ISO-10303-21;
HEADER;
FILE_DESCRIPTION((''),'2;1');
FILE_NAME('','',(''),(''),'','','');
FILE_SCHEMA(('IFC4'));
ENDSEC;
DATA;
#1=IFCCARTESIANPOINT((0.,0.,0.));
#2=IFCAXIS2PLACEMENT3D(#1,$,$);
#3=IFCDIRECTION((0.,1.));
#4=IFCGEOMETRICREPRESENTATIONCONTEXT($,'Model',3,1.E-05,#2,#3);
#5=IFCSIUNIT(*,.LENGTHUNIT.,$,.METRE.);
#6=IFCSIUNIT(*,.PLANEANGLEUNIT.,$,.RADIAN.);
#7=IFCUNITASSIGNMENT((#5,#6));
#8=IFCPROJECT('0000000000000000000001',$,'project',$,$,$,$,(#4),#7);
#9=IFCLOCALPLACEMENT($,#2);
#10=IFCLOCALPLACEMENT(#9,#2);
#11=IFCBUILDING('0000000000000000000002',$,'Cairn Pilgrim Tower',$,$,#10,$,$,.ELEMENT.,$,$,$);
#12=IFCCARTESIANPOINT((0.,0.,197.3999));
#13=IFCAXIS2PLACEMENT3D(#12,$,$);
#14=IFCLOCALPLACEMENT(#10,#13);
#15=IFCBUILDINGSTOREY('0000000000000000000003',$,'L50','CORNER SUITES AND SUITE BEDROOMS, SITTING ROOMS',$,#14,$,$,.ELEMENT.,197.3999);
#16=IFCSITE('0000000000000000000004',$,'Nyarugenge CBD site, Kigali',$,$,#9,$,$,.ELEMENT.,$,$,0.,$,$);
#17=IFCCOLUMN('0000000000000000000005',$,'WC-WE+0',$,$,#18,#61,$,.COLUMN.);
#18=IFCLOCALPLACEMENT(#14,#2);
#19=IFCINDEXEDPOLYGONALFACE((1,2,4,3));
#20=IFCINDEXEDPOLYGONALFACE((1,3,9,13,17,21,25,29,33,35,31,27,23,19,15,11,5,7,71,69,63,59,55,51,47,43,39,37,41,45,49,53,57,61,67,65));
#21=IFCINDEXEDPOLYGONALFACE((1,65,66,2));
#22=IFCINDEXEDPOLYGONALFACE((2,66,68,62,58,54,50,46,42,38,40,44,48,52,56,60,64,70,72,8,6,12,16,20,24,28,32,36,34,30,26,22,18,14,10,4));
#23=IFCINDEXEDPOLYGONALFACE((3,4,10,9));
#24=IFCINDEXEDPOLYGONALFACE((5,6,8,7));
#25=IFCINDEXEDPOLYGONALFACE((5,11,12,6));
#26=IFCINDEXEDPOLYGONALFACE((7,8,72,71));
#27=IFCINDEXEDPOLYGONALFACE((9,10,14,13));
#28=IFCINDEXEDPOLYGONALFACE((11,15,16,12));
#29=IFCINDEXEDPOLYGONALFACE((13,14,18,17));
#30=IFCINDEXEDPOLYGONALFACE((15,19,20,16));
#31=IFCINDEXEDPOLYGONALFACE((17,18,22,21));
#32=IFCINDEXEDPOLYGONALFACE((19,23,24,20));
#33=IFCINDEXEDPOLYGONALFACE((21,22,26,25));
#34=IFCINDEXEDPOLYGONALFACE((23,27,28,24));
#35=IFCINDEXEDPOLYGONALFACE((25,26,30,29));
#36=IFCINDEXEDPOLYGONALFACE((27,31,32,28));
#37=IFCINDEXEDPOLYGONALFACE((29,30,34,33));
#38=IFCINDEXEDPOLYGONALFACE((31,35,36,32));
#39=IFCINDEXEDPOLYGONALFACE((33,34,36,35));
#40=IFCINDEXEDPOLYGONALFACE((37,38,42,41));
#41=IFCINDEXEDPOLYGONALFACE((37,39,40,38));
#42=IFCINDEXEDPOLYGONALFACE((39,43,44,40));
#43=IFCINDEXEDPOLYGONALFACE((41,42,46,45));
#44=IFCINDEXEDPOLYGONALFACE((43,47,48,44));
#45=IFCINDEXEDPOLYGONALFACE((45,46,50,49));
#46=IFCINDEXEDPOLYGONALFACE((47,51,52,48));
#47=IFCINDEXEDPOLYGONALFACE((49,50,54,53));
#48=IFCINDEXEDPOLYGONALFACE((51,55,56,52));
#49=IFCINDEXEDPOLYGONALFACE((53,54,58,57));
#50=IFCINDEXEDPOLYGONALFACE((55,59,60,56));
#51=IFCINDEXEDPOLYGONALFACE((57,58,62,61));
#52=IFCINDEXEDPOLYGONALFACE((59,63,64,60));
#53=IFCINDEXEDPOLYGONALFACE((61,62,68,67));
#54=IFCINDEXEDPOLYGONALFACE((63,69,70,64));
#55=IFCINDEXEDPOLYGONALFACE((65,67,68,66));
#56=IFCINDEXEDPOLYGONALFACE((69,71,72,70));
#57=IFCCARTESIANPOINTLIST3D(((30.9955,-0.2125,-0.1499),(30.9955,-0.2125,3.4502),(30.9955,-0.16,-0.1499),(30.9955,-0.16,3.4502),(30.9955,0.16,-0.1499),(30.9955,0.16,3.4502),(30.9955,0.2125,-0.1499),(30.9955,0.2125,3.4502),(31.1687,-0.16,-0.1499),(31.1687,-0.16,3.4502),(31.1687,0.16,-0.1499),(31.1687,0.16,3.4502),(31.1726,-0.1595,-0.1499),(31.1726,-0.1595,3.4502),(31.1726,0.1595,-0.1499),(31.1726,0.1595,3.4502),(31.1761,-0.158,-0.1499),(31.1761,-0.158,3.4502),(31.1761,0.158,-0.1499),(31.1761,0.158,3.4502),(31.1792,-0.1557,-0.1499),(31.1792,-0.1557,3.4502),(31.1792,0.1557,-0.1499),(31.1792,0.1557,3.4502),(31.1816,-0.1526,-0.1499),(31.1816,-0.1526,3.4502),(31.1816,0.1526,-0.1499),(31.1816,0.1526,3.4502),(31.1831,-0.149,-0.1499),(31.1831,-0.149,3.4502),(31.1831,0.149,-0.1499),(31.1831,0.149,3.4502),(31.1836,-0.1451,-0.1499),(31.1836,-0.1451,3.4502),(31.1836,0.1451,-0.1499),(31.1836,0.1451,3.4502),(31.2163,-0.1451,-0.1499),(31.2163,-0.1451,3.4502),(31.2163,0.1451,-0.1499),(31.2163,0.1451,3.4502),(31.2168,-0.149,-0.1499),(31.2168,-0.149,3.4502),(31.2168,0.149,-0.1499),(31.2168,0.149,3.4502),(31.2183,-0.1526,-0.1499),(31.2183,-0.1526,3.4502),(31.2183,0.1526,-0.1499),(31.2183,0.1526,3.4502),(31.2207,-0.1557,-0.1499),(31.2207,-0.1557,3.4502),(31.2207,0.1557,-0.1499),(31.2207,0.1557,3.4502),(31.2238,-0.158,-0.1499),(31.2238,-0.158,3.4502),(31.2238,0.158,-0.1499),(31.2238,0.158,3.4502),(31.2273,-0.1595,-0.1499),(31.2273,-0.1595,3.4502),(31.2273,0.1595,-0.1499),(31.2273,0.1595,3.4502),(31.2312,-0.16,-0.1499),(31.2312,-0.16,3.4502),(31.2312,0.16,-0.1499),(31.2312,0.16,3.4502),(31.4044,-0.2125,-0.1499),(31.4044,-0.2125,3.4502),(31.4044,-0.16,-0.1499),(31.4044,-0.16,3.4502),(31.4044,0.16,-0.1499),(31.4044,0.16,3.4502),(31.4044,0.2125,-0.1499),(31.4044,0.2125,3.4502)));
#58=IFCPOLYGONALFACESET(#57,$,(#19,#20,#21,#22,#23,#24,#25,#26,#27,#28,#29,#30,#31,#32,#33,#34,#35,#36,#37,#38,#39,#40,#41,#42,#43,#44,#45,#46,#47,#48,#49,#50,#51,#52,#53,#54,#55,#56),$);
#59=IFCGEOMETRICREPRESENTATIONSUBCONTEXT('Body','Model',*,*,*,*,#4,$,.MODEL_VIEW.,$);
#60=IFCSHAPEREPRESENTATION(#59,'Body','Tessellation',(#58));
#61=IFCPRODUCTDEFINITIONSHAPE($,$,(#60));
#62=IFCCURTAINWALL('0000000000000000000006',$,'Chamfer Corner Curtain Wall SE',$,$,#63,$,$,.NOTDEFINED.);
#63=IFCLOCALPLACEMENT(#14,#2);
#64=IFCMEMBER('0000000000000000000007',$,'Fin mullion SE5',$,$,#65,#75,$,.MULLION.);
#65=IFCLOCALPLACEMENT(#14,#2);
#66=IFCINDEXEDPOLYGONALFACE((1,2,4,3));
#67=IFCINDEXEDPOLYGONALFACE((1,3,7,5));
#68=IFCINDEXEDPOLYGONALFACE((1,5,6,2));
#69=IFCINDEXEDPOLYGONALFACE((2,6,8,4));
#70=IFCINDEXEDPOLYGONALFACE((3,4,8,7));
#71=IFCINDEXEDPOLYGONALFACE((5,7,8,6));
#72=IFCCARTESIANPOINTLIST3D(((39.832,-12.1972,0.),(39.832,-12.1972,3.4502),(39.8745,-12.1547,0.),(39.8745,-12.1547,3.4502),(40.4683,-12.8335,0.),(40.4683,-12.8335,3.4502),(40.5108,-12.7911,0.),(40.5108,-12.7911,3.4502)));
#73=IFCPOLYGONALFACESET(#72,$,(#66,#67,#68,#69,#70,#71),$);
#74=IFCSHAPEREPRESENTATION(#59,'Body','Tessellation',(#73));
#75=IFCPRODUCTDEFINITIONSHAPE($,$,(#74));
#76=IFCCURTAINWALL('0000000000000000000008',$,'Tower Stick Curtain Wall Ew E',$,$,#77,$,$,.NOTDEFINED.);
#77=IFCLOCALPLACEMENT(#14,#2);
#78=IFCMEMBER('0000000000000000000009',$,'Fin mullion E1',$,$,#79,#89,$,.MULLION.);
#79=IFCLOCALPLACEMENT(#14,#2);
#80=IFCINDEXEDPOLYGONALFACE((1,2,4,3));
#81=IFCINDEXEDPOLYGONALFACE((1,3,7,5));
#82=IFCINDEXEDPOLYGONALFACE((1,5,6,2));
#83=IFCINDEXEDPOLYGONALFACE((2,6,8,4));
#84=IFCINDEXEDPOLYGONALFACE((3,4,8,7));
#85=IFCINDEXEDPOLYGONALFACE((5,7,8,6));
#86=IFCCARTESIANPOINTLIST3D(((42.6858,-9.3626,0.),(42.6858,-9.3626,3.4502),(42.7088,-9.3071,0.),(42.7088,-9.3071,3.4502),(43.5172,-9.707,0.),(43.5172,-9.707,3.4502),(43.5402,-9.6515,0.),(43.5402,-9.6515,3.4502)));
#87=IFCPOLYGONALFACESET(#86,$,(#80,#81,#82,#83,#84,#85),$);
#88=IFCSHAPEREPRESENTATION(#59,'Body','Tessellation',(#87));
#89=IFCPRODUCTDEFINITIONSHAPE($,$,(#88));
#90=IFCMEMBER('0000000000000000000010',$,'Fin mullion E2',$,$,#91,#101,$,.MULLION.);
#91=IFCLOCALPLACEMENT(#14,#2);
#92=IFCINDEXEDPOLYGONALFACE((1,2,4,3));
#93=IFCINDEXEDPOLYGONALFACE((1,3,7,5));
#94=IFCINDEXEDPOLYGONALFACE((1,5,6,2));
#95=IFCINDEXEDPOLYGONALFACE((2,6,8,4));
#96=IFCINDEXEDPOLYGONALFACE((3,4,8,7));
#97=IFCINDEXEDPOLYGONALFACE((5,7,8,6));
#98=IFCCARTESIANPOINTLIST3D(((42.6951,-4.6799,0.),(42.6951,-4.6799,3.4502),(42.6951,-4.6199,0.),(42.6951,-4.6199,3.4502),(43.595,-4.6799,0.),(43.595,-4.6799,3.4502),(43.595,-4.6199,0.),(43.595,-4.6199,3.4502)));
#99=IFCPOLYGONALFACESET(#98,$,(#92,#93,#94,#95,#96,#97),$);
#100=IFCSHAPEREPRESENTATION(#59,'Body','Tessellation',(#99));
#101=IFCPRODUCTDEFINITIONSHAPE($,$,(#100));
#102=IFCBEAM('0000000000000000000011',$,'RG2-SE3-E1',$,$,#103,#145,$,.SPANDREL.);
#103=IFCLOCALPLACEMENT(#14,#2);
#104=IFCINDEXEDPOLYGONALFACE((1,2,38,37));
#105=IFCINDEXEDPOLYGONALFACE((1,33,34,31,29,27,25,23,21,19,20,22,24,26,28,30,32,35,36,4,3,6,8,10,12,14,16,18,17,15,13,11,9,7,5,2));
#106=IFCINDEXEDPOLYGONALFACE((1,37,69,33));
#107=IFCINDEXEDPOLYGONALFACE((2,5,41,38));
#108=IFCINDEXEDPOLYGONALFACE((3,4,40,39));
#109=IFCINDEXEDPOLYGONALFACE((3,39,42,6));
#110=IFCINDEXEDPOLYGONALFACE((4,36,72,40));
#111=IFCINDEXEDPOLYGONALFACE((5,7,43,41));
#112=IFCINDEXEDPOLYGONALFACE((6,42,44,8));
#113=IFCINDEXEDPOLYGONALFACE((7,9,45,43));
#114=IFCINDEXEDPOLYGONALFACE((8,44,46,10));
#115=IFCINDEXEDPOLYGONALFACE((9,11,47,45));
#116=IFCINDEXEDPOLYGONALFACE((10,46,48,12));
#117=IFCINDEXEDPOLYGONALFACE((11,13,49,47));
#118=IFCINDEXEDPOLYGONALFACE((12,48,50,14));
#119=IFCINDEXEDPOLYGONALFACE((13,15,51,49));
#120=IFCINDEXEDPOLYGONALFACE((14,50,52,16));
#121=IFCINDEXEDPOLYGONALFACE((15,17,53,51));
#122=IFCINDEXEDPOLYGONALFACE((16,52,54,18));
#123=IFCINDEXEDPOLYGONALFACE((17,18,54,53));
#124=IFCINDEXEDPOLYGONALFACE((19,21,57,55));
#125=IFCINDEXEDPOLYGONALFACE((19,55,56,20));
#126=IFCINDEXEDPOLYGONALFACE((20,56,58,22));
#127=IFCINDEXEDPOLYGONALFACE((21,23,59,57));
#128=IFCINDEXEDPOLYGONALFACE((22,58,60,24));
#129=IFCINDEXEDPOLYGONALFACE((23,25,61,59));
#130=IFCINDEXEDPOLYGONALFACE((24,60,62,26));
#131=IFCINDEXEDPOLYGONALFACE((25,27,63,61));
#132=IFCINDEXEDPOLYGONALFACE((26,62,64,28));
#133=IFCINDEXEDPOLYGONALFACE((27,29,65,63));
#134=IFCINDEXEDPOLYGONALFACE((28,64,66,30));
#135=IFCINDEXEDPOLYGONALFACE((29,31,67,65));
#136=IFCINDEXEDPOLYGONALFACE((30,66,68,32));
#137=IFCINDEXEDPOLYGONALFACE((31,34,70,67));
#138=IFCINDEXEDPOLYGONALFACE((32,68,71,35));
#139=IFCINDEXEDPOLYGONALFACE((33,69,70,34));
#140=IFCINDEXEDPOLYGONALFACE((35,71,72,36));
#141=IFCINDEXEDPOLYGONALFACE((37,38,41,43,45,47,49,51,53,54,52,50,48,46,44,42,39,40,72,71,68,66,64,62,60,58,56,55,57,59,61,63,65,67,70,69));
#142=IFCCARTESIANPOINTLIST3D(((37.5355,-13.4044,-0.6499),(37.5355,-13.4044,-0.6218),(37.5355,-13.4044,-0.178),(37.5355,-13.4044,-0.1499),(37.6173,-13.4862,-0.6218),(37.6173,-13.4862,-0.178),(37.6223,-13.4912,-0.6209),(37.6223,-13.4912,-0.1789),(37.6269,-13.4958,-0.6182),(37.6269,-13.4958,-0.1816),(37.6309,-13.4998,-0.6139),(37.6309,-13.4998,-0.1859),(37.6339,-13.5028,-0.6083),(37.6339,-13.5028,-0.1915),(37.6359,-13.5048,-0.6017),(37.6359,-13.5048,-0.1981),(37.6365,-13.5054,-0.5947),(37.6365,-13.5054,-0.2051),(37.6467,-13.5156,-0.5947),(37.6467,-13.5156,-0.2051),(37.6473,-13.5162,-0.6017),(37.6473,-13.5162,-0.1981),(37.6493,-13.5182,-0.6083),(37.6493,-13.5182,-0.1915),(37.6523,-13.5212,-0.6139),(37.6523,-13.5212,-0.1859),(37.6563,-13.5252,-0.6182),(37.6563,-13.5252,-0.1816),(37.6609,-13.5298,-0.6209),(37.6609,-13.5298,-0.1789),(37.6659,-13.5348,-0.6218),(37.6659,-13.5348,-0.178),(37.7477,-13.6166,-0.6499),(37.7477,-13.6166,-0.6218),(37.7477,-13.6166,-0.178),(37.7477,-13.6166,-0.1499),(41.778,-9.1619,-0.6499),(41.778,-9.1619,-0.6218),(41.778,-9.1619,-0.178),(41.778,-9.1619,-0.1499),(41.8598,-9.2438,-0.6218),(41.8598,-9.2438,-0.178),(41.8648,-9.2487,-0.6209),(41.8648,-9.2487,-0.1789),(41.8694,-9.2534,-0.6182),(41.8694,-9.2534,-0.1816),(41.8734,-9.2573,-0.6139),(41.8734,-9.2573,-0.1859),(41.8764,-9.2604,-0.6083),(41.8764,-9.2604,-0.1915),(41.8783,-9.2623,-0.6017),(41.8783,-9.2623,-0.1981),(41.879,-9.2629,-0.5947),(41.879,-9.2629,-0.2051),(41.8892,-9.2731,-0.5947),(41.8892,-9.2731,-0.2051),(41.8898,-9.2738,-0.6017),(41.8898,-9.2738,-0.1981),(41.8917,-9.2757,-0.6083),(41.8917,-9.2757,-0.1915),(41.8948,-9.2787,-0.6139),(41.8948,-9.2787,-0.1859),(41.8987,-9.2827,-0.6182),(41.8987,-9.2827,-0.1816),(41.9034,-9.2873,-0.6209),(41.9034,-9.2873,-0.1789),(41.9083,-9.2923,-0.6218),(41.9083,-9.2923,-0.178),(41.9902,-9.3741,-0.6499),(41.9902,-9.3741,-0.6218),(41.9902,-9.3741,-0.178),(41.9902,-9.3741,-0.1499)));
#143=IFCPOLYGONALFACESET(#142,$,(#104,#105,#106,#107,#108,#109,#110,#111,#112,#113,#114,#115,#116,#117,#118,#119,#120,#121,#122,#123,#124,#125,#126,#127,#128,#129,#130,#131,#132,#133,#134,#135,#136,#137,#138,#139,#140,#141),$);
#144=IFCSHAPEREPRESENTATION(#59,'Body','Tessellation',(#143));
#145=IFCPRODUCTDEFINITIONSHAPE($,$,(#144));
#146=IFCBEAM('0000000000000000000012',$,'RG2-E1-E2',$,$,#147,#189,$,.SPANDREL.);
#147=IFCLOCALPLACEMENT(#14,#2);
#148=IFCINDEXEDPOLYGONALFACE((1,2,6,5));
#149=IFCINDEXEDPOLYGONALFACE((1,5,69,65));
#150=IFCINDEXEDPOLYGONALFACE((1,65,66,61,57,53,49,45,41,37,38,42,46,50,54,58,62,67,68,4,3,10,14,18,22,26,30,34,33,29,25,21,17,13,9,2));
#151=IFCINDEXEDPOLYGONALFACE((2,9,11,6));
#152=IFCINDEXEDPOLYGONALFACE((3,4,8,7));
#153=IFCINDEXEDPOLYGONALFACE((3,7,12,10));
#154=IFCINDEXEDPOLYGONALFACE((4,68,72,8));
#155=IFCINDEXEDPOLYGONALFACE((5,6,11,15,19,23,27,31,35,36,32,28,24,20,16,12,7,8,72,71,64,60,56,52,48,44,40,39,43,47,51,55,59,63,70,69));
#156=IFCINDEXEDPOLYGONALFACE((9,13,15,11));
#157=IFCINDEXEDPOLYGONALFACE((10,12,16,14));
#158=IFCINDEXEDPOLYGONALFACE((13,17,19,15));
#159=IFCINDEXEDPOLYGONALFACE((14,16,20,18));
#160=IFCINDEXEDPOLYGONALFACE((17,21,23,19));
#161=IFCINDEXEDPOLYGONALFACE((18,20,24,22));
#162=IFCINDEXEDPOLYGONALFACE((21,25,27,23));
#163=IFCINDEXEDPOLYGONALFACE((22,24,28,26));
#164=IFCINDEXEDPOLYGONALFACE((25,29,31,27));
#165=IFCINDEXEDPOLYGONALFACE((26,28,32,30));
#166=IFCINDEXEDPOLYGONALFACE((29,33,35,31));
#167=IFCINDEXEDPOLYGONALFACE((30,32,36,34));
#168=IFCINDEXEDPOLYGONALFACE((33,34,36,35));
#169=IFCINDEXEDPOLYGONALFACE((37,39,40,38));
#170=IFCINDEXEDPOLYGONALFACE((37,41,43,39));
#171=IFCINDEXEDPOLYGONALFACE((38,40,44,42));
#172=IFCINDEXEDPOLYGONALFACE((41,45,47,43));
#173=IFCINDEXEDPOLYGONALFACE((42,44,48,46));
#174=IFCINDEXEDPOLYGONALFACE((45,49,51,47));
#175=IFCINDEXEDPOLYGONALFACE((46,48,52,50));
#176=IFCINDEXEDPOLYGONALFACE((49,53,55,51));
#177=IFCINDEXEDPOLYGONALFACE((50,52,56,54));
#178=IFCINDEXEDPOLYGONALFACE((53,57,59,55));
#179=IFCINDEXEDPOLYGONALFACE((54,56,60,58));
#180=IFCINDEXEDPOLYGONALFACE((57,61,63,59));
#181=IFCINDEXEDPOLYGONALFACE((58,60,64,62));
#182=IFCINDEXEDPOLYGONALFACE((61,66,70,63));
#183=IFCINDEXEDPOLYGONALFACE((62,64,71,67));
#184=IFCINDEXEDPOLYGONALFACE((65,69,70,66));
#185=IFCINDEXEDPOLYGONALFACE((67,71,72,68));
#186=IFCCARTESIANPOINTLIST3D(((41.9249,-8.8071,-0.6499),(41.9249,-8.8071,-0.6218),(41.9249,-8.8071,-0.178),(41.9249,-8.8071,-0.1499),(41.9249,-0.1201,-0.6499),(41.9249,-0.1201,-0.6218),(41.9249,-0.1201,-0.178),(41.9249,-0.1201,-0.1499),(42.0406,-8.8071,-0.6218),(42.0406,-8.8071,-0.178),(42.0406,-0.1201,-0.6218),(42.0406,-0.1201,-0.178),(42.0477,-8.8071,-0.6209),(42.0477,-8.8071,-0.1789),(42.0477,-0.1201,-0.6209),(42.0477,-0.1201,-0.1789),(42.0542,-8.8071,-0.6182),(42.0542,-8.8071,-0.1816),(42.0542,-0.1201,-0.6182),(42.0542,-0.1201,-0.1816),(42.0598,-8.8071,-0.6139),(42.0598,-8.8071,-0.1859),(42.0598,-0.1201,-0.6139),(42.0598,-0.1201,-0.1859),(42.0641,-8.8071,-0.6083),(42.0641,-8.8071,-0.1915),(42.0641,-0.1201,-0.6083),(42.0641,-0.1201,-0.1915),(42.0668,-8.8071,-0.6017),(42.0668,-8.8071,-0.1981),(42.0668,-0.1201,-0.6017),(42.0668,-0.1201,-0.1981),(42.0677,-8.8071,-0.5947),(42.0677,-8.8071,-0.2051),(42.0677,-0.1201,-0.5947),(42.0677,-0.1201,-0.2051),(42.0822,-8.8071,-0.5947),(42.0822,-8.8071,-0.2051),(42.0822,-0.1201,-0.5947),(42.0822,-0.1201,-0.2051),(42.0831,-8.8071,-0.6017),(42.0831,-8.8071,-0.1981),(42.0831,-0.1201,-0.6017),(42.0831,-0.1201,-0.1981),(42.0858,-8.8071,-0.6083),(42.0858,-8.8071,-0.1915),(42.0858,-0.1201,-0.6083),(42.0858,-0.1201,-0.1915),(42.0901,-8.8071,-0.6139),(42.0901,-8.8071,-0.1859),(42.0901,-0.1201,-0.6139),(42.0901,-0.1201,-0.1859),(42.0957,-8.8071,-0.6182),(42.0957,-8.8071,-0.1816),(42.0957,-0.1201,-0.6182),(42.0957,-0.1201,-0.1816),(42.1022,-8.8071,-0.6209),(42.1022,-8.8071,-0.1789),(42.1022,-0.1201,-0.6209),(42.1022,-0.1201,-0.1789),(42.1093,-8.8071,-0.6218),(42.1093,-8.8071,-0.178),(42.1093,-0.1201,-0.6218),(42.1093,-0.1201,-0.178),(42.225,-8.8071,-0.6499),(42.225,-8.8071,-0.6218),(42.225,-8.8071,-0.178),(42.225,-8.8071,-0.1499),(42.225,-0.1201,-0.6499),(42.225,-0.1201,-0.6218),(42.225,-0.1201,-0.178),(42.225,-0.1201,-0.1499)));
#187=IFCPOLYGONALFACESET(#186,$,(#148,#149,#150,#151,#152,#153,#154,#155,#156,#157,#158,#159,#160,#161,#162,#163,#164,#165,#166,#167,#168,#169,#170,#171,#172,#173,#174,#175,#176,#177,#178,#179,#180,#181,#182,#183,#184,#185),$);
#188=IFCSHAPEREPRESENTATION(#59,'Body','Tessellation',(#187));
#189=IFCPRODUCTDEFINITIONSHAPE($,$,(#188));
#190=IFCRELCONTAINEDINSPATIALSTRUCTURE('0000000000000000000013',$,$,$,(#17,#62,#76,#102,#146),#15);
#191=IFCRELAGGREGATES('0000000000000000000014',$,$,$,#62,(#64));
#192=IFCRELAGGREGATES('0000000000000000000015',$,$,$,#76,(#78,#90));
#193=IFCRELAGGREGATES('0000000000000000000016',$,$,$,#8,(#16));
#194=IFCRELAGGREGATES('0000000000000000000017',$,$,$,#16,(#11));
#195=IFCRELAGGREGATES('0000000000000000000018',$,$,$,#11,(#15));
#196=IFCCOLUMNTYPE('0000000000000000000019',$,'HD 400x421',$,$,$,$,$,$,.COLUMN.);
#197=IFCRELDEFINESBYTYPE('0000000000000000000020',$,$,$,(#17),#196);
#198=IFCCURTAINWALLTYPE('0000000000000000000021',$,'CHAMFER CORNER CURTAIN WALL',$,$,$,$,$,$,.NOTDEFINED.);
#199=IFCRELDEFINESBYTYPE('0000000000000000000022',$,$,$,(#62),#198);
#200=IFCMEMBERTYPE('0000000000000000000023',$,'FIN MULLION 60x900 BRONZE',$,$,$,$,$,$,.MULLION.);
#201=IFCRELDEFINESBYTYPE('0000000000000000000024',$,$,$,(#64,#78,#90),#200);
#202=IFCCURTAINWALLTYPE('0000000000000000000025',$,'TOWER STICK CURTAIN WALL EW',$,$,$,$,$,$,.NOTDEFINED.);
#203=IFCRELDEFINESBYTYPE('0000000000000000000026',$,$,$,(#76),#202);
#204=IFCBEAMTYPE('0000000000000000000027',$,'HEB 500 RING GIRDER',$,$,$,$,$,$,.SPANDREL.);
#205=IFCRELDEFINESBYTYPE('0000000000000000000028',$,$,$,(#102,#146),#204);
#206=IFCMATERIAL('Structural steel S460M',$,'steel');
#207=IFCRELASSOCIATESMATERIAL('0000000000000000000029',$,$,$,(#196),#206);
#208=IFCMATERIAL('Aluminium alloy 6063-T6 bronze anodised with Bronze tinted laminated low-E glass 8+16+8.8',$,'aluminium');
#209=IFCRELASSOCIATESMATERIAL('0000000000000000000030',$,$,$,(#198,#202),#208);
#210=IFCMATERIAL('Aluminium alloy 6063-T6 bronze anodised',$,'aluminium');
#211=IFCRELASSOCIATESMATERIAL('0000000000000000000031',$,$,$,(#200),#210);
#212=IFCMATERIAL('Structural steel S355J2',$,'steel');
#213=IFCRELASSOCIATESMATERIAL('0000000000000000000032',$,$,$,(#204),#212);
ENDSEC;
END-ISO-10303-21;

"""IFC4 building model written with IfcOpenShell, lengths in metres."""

from ifc_helpers import new_model, si_unit, direction, frame, origin, origin_2d, place, context, subcontext, project, spatial, rectangle, i_section, extrude, material, material_profile, profile_set, type_object, element, aggregate, save


model = new_model("IFC4")

# Units and contexts
model_context = context("Model", 3, precision=1e-05, world=origin(), true_north=direction((0.0, 1.0)))
body_context = subcontext(model_context, "Body", "Model", "MODEL_VIEW")
ifc_project = project(units=[si_unit("LENGTHUNIT", "METRE"), si_unit("PLANEANGLEUNIT", "RADIAN")], contexts=[model_context])

# Site, building, storey
site_placement = place(None, origin())
site = spatial("IfcSite", under=ifc_project, at=site_placement, Name="Nyarugenge CBD site, Kigali", CompositionType="ELEMENT", RefElevation=0.0)
building_placement = place(site_placement, origin())
building = spatial("IfcBuilding", under=site, at=building_placement, Name="Cairn Pilgrim Tower", CompositionType="ELEMENT")
storey_placement = place(building_placement, frame((0.0, 0.0, 197.3999)))
storey = spatial("IfcBuildingStorey", under=building, at=storey_placement, Name="L50", Description="CORNER SUITES AND SUITE BEDROOMS, SITTING ROOMS", CompositionType="ELEMENT", Elevation=197.3999)

# Column
ifc_material_1 = material(Name="Structural steel S460M", Category="steel")
ifc_material_profile_1 = material_profile(ifc_material_1, i_section(OverallWidth=0.4089, OverallDepth=0.425, WebThickness=0.0327, FlangeThickness=0.0525, FilletRadius=0.0149, at=origin_2d()), Name="HD 400x421")
ifc_profile_set_1 = profile_set([ifc_material_profile_1], Name="Structural steel S460M")
column_type_1 = type_object("IfcColumnType", Name="HD 400x421", PredefinedType="COLUMN", material=ifc_profile_set_1)
column_placement = place(storey_placement, frame((31.2, 0.0, -0.1499), z_axis=(0.0, 0.0, 1.0), x_axis=(1.0, 0.0, 0.0)))
element("IfcColumn", 1, at=column_placement, inside=storey, type_object=column_type_1, Name="WC-WE+0", PredefinedType="COLUMN", context=body_context, shape_type="SweptSolid", body=[
    extrude(i_section(OverallWidth=0.4089, OverallDepth=0.425, WebThickness=0.0327, FlangeThickness=0.0525, FilletRadius=0.0149, at=origin_2d()), origin(), (0.0, 0.0, 1.0), 3.6001),
])

# Curtain wall, member
ifc_material_2 = material(Name="Aluminium alloy 6063-T6 bronze anodised with Bronze tinted laminated low-E glass 8+16+8.8", Category="aluminium")
curtain_wall_type_1 = type_object("IfcCurtainWallType", Name="CHAMFER CORNER CURTAIN WALL", PredefinedType="NOTDEFINED", material=ifc_material_2)
curtain_wall_1_placement = place(storey_placement, origin())
curtain_wall_1 = element("IfcCurtainWall", 2, at=curtain_wall_1_placement, inside=storey, type_object=curtain_wall_type_1, Name="Chamfer Corner Curtain Wall SE", PredefinedType="NOTDEFINED")
ifc_material_3 = material(Name="Aluminium alloy 6063-T6 bronze anodised", Category="aluminium")
ifc_material_profile_2 = material_profile(ifc_material_3, rectangle(XDim=0.8999, YDim=0.0601, at=origin_2d()), Name="FIN MULLION 60x900 BRONZE")
ifc_profile_set_2 = profile_set([ifc_material_profile_2], Name="Aluminium alloy 6063-T6 bronze anodised")
member_type_1 = type_object("IfcMemberType", Name="FIN MULLION 60x900 BRONZE", PredefinedType="MULLION", material=ifc_profile_set_2)
member_1_placement = place(storey_placement, frame((40.1714, -12.4941, 0.0), z_axis=(0.0, 0.0, 1.0), x_axis=(0.707107, -0.707107, 0.0)))
member_1 = element("IfcMember", 3, at=member_1_placement, type_object=member_type_1, Name="Fin mullion SE5", PredefinedType="MULLION", context=body_context, shape_type="SweptSolid", body=[
    extrude(rectangle(XDim=0.8999, YDim=0.0601, at=origin_2d()), origin(), (0.0, 0.0, 1.0), 3.4502),
])

# Curtain wall, members
curtain_wall_type_2 = type_object("IfcCurtainWallType", Name="TOWER STICK CURTAIN WALL EW", PredefinedType="NOTDEFINED", material=ifc_material_2)
curtain_wall_2_placement = place(storey_placement, origin())
curtain_wall_2 = element("IfcCurtainWall", 4, at=curtain_wall_2_placement, inside=storey, type_object=curtain_wall_type_2, Name="Tower Stick Curtain Wall Ew E", PredefinedType="NOTDEFINED")
member_2_placement = place(storey_placement, frame((43.113, -9.5071, 0.0), z_axis=(0.0, 0.0, 1.0), x_axis=(0.92388, -0.382683, 0.0)))
member_2 = element("IfcMember", 5, at=member_2_placement, type_object=member_type_1, Name="Fin mullion E1", PredefinedType="MULLION", context=body_context, shape_type="SweptSolid", body=[
    extrude(rectangle(XDim=0.8999, YDim=0.0601, at=origin_2d()), origin(), (0.0, 0.0, 1.0), 3.4502),
])
member_3_placement = place(storey_placement, frame((43.145, -4.6499, 0.0), z_axis=(0.0, 0.0, 1.0), x_axis=(1.0, 0.0, 0.0)))
member_3 = element("IfcMember", 6, at=member_3_placement, type_object=member_type_1, Name="Fin mullion E2", PredefinedType="MULLION", context=body_context, shape_type="SweptSolid", body=[
    extrude(rectangle(XDim=0.8999, YDim=0.0601, at=origin_2d()), origin(), (0.0, 0.0, 1.0), 3.4502),
])

# Beams
ifc_material_4 = material(Name="Structural steel S355J2", Category="steel")
ifc_material_profile_3 = material_profile(ifc_material_4, i_section(OverallWidth=0.3, OverallDepth=0.5, WebThickness=0.0144, FlangeThickness=0.0281, FilletRadius=0.0271, at=origin_2d()), Name="HEB 500")
ifc_profile_set_3 = profile_set([ifc_material_profile_3], Name="Structural steel S355J2")
beam_type_1 = type_object("IfcBeamType", Name="HEB 500 RING GIRDER", PredefinedType="SPANDREL", material=ifc_profile_set_3)
beam_1_placement = place(storey_placement, frame((37.6416, -13.5105, -0.3999), z_axis=(0.707107, 0.707107, 0.0), x_axis=(-0.707107, 0.707107, 0.0)))
element("IfcBeam", 7, at=beam_1_placement, inside=storey, type_object=beam_type_1, Name="RG2-SE3-E1", PredefinedType="SPANDREL", context=body_context, shape_type="SweptSolid", body=[
    extrude(i_section(OverallWidth=0.3, OverallDepth=0.5, WebThickness=0.0144, FlangeThickness=0.0281, FilletRadius=0.0271, at=origin_2d()), origin(), (0.0, 0.0, 1.0), 5.9998),
])
beam_2_placement = place(storey_placement, frame((42.075, -8.8071, -0.3999), z_axis=(0.0, 1.0, 0.0), x_axis=(-1.0, 0.0, 0.0)))
element("IfcBeam", 8, at=beam_2_placement, inside=storey, type_object=beam_type_1, Name="RG2-E1-E2", PredefinedType="SPANDREL", context=body_context, shape_type="SweptSolid", body=[
    extrude(i_section(OverallWidth=0.3, OverallDepth=0.5, WebThickness=0.0144, FlangeThickness=0.0281, FilletRadius=0.0271, at=origin_2d()), origin(), (0.0, 0.0, 1.0), 8.687),
])

aggregate(curtain_wall_1, [member_1])
aggregate(curtain_wall_2, [member_2, member_3])

save(model, "model.ifc")
